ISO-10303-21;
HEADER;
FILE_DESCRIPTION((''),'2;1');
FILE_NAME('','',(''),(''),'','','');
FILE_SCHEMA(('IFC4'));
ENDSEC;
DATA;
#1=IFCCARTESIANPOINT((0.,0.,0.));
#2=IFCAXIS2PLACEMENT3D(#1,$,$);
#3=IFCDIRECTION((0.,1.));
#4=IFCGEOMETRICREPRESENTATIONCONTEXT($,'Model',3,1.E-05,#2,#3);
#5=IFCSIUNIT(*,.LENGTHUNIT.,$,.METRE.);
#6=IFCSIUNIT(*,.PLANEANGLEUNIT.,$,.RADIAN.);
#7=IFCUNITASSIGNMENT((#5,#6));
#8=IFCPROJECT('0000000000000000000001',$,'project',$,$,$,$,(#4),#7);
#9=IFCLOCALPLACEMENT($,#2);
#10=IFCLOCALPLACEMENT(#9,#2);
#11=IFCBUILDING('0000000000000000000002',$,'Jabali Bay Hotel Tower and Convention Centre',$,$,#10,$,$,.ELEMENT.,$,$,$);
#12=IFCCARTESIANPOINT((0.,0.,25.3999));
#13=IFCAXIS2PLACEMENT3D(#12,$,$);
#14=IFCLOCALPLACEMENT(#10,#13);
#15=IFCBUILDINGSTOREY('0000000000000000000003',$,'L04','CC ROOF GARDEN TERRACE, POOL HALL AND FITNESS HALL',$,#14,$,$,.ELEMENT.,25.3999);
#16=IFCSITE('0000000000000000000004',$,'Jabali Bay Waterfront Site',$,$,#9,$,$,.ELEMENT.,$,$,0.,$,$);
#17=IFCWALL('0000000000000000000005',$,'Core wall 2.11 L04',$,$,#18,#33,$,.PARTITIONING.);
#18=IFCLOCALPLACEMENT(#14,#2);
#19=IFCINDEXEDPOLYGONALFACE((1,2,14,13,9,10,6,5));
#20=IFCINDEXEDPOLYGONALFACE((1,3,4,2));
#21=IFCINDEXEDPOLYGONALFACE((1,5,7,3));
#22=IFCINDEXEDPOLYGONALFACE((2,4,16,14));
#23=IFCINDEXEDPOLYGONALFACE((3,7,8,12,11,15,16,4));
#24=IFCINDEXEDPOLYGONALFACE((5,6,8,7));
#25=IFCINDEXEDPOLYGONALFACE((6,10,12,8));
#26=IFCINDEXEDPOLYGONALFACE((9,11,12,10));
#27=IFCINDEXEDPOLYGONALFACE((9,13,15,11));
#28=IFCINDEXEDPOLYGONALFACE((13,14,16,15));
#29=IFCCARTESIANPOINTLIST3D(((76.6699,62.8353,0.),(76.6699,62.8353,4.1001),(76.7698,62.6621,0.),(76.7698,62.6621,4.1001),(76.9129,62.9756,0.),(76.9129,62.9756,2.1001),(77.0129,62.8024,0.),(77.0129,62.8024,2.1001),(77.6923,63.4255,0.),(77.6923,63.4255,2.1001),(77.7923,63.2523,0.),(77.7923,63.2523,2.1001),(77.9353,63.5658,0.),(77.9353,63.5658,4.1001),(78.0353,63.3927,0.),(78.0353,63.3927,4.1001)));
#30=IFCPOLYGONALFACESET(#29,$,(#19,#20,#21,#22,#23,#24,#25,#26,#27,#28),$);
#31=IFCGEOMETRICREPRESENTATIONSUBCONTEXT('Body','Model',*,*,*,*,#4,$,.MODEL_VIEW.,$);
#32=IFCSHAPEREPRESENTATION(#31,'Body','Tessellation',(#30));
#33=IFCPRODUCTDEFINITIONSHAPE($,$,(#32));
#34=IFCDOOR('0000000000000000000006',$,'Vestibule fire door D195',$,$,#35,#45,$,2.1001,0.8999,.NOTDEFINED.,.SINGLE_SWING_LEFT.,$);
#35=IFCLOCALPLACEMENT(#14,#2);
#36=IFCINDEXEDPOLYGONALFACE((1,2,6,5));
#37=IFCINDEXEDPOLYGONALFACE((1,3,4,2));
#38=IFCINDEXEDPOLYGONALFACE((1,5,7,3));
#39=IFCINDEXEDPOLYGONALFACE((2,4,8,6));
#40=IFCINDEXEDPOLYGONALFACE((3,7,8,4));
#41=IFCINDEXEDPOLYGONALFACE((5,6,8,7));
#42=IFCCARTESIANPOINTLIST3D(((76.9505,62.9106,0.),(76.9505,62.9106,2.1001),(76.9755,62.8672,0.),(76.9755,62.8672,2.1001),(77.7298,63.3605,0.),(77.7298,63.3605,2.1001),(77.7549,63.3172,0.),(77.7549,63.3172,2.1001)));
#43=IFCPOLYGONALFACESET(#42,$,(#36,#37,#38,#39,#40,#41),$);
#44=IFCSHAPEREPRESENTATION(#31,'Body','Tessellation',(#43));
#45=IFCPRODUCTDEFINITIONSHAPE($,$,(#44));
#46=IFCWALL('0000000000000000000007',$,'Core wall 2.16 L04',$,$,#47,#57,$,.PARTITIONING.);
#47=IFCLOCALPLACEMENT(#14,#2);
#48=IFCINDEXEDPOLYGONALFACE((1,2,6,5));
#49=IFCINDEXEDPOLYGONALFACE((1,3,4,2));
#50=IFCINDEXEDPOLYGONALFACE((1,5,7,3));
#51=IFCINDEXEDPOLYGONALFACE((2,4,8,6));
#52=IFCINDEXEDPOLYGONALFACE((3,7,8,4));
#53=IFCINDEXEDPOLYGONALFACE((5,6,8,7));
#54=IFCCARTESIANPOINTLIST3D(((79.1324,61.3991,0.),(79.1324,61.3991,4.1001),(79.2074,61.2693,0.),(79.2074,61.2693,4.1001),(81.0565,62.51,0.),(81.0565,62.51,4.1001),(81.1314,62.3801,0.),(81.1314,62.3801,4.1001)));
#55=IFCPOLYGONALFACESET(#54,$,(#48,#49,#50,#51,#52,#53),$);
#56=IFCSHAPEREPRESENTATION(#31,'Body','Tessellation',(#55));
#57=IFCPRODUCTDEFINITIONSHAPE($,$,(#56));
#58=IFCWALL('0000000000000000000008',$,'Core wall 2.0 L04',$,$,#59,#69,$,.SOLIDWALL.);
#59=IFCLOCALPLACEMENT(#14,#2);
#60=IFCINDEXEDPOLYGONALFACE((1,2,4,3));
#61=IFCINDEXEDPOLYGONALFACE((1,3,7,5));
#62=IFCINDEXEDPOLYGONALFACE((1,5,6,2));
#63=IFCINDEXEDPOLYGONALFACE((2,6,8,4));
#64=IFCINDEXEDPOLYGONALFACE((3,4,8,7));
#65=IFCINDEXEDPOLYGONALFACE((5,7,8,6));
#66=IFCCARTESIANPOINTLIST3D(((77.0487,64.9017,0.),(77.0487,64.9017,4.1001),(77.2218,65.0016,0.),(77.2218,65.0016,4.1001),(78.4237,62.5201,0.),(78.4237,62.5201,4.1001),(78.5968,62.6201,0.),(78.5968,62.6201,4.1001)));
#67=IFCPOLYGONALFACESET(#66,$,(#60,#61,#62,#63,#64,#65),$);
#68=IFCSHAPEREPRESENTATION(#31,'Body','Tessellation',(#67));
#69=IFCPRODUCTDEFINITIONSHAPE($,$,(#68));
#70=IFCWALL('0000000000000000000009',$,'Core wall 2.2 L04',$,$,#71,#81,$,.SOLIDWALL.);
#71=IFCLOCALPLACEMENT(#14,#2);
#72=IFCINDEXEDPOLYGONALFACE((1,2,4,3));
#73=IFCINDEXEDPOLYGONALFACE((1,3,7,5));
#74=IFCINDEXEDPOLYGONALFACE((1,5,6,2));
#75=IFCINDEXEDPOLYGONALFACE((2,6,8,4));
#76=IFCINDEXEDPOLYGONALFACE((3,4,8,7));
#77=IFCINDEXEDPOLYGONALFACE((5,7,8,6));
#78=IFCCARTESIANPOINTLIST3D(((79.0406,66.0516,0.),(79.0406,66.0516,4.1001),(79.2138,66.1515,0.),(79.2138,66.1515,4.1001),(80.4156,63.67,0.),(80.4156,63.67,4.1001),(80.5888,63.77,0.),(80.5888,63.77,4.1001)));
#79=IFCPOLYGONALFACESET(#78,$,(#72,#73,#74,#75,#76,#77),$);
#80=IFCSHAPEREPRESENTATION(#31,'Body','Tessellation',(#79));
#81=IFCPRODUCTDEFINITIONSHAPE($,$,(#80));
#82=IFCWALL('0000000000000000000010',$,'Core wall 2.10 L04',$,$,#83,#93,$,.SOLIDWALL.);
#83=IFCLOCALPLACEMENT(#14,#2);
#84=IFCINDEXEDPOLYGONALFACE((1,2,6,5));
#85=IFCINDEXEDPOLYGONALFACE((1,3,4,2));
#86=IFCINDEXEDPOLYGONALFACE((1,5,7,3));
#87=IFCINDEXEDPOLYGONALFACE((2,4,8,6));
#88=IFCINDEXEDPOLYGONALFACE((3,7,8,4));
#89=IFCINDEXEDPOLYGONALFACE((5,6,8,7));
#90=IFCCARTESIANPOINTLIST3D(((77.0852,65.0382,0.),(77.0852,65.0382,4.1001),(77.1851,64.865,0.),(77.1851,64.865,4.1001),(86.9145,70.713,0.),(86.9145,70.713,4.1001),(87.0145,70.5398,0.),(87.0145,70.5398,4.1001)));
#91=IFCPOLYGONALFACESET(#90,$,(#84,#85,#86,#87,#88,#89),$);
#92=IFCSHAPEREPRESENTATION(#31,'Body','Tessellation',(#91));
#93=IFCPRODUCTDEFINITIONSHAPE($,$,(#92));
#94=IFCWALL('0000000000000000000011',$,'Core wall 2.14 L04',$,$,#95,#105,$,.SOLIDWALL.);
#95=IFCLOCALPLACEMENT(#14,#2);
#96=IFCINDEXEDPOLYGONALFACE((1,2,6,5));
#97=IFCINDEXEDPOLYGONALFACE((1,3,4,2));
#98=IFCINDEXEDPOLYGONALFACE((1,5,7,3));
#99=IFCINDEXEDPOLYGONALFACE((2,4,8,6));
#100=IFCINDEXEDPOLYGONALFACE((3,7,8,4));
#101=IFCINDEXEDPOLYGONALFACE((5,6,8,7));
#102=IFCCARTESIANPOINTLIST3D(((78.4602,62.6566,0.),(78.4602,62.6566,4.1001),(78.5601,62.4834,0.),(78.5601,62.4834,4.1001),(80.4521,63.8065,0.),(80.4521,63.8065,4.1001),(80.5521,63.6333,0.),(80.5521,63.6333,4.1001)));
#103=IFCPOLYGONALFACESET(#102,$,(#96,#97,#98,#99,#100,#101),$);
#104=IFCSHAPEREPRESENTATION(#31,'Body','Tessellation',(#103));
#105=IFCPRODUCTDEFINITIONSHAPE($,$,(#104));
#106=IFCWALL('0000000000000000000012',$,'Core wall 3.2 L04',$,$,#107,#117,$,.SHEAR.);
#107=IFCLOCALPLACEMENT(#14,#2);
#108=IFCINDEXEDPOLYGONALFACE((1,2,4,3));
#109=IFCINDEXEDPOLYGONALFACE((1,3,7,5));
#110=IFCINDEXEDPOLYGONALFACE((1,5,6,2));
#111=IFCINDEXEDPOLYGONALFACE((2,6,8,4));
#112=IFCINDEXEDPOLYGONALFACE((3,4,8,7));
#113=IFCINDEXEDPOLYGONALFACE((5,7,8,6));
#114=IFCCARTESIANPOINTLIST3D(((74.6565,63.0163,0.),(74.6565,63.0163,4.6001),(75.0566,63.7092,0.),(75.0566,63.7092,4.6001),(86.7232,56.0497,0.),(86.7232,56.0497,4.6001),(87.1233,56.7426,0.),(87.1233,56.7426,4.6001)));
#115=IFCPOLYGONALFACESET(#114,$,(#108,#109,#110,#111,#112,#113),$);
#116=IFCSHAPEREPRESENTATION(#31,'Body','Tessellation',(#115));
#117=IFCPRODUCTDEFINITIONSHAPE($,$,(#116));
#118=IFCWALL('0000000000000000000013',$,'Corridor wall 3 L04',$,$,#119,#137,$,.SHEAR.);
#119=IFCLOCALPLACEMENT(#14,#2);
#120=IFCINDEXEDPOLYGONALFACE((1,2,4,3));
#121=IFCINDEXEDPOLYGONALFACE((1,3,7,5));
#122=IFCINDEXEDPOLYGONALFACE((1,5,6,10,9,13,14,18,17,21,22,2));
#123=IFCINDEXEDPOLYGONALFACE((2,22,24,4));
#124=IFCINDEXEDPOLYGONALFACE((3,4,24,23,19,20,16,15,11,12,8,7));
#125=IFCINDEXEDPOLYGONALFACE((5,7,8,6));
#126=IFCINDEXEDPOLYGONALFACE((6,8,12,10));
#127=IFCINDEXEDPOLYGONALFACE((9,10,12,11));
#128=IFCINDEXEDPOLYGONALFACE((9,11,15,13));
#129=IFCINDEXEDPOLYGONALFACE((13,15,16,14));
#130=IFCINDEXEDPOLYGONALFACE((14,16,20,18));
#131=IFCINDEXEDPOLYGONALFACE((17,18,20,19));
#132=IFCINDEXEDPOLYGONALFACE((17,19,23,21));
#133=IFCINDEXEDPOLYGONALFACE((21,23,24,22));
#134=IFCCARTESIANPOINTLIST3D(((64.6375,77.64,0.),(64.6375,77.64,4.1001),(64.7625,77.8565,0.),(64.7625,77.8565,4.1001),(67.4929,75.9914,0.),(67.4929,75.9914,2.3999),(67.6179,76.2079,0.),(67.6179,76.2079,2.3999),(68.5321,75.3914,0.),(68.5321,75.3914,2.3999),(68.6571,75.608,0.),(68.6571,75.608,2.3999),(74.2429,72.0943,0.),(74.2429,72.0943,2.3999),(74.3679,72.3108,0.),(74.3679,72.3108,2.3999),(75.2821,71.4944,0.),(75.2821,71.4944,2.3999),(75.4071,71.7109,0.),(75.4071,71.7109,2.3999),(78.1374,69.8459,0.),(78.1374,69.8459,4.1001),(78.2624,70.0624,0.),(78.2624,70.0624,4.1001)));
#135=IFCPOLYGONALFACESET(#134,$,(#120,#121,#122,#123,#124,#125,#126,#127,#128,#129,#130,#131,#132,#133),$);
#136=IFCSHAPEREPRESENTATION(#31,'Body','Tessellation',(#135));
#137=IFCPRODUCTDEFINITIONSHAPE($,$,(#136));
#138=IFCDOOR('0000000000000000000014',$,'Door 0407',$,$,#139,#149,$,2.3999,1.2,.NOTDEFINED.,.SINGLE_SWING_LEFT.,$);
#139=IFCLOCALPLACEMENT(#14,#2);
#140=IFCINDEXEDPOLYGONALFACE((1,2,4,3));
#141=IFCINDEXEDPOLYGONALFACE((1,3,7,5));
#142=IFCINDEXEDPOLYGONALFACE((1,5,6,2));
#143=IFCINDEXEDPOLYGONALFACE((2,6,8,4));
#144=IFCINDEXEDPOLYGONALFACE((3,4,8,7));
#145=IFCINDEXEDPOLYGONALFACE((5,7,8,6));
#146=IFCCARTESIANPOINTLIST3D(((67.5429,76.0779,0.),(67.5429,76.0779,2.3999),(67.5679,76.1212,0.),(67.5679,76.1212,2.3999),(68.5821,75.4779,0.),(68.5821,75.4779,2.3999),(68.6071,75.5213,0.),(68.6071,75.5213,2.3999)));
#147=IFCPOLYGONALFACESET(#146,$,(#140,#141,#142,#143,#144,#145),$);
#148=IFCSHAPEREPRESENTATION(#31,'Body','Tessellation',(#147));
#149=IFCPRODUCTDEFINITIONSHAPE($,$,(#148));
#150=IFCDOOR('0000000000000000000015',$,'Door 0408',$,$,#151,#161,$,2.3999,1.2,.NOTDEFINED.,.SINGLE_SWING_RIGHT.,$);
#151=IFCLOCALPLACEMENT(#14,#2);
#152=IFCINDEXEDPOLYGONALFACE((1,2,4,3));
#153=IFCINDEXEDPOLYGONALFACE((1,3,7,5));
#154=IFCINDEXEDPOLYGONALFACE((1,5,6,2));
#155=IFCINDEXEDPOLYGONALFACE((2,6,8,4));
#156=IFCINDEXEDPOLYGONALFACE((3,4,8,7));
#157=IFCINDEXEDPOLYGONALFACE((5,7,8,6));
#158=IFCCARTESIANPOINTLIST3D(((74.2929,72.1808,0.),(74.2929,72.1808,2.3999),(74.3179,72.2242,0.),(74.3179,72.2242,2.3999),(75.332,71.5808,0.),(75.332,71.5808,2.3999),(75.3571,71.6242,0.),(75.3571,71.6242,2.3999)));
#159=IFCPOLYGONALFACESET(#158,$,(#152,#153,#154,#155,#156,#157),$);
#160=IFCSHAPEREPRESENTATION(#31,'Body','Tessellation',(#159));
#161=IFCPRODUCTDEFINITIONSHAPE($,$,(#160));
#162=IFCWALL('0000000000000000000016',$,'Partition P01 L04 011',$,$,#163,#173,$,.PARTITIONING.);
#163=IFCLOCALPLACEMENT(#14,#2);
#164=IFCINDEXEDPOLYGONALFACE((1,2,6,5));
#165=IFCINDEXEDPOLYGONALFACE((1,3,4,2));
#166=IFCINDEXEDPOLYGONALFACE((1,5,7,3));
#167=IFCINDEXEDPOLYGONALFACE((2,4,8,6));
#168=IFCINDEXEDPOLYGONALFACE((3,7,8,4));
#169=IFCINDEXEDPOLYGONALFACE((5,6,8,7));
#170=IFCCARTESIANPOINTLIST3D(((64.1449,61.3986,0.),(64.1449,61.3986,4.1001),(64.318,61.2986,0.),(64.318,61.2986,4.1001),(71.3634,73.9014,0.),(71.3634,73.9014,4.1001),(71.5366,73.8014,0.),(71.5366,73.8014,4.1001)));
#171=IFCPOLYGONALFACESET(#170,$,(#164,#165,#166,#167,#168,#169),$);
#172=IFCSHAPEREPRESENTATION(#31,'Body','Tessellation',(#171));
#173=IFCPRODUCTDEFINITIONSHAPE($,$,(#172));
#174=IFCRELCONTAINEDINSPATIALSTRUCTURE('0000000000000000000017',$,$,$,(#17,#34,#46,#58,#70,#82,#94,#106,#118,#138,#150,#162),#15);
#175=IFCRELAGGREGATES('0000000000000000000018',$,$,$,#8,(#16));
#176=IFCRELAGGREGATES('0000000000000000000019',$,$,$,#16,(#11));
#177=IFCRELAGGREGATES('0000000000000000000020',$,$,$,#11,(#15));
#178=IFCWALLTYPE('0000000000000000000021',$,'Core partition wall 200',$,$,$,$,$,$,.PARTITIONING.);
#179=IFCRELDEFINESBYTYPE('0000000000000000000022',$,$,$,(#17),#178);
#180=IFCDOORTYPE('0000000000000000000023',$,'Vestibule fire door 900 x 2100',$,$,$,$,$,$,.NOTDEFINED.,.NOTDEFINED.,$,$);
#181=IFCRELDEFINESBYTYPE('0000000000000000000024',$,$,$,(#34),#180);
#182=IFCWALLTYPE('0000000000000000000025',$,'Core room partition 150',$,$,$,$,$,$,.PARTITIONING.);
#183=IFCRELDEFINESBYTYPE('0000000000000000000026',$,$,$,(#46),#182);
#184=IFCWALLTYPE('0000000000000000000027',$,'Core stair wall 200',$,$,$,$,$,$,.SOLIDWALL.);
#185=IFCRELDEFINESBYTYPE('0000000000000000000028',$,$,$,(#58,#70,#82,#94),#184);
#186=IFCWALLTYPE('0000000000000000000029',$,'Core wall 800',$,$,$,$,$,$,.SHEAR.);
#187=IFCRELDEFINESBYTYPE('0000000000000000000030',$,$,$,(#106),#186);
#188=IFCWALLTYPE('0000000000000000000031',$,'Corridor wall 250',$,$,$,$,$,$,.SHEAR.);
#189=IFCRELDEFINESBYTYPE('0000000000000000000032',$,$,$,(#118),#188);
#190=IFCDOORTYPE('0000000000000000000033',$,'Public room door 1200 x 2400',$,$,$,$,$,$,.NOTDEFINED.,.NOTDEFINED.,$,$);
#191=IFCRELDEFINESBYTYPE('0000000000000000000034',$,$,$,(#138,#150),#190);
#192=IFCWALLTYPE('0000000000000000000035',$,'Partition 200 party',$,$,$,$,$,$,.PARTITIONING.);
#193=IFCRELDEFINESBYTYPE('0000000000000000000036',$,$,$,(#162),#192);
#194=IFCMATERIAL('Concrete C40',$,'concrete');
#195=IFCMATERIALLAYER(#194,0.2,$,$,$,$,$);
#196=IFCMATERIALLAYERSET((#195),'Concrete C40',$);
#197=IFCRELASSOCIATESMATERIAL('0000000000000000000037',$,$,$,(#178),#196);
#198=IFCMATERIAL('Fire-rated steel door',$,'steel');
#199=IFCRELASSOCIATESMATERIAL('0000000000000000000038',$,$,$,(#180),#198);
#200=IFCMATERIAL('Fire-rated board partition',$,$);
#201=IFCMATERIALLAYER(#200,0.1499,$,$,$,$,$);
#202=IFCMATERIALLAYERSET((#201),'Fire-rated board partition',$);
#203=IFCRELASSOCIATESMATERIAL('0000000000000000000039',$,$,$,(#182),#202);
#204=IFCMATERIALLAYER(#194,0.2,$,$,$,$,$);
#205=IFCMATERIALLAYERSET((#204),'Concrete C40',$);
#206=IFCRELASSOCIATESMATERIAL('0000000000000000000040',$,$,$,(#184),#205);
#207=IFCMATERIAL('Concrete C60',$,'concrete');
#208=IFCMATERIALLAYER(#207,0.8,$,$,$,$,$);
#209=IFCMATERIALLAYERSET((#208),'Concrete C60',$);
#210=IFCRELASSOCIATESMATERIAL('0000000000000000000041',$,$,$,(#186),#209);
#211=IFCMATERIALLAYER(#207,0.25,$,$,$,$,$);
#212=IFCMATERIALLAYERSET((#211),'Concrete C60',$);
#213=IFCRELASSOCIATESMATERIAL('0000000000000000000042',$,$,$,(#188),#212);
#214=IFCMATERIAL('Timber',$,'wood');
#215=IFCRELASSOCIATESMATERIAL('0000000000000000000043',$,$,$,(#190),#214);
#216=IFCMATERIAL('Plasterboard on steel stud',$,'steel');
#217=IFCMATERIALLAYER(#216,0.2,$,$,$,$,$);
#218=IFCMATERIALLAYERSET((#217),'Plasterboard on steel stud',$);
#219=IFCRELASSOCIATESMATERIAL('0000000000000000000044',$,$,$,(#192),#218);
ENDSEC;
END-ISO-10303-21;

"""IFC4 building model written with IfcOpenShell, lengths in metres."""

from ifc_helpers import new_model, si_unit, direction, frame, frame_2d, origin, place, context, subcontext, project, spatial, rectangle, extrude, material, layer, layer_set, type_object, element, fill, save


model = new_model("IFC4")

# Units and contexts
model_context = context("Model", 3, precision=1e-05, world=origin(), true_north=direction((0.0, 1.0)))
body_context = subcontext(model_context, "Body", "Model", "MODEL_VIEW")
ifc_project = project(units=[si_unit("LENGTHUNIT", "METRE"), si_unit("PLANEANGLEUNIT", "RADIAN")], contexts=[model_context])

# Site, building, storey
site_placement = place(None, origin())
site = spatial("IfcSite", under=ifc_project, at=site_placement, Name="Jabali Bay Waterfront Site", CompositionType="ELEMENT", RefElevation=0.0)
building_placement = place(site_placement, origin())
building = spatial("IfcBuilding", under=site, at=building_placement, Name="Jabali Bay Hotel Tower and Convention Centre", CompositionType="ELEMENT")
storey_placement = place(building_placement, frame((0.0, 0.0, 25.3999)))
storey = spatial("IfcBuildingStorey", under=building, at=storey_placement, Name="L04", Description="CC ROOF GARDEN TERRACE, POOL HALL AND FITNESS HALL", CompositionType="ELEMENT", Elevation=25.3999)

# Shared definitions
ifc_material_1 = material(Name="Concrete C60", Category="concrete")

# Wall, opening, door
ifc_material_2 = material(Name="Concrete C40", Category="concrete")
ifc_layer_1 = layer(ifc_material_2, 0.2)
ifc_layer_set_1 = layer_set([ifc_layer_1], Name="Concrete C40")
wall_type_1 = type_object("IfcWallType", Name="Core partition wall 200", PredefinedType="PARTITIONING", material=ifc_layer_set_1)
wall_1_placement = place(storey_placement, frame((76.72, 62.7488, 0.0), z_axis=(0.0, 0.0, 1.0), x_axis=(0.866055, 0.499949, 0.0)))
wall_1 = element("IfcWall", 1, at=wall_1_placement, inside=storey, type_object=wall_type_1, Name="Core wall 2.11 L04", PredefinedType="PARTITIONING", context=body_context, shape_type="SweptSolid", body=[
    extrude(rectangle(XDim=1.4612, YDim=0.2, at=frame_2d((0.7305, 0.0))), origin(), (0.0, 0.0, 1.0), 4.1001),
])
opening_1_placement = place(wall_1_placement, frame((0.2805, 0.0, 0.0)))
opening_1 = element("IfcOpeningElement", 2, at=opening_1_placement, cuts=wall_1, PredefinedType="OPENING", context=body_context, shape_type="SweptSolid", body=[
    extrude(rectangle(XDim=0.8999, YDim=2.1001, at=frame_2d((0.45, 1.05))), frame((0.0, 0.1104, 0.0), z_axis=(0.0, -1.0, 0.0), x_axis=(1.0, 0.0, 0.0)), (0.0, 0.0, 1.0), 0.2209),
])
ifc_material_3 = material(Name="Fire-rated steel door", Category="steel")
door_type_1 = type_object("IfcDoorType", Name="Vestibule fire door 900 x 2100", OperationType="NOTDEFINED", PredefinedType="NOTDEFINED", material=ifc_material_3)
door_1_placement = place(opening_1_placement, origin())
door_1 = element("IfcDoor", 3, at=door_1_placement, inside=storey, type_object=door_type_1, Name="Vestibule fire door D195", OperationType="SINGLE_SWING_LEFT", OverallHeight=2.1001, OverallWidth=0.8999, PredefinedType="NOTDEFINED", context=body_context, shape_type="SweptSolid", body=[
    extrude(rectangle(XDim=0.8999, YDim=2.1001, at=frame_2d((0.45, 1.05))), frame((0.0, 0.0249, 0.0), z_axis=(0.0, -1.0, 0.0), x_axis=(1.0, 0.0, 0.0)), (0.0, 0.0, 1.0), 0.05),
])
fill(opening_1, door_1)

# Walls
ifc_material_4 = material(Name="Fire-rated board partition")
ifc_layer_2 = layer(ifc_material_4, 0.1499)
ifc_layer_set_2 = layer_set([ifc_layer_2], Name="Fire-rated board partition")
wall_type_2 = type_object("IfcWallType", Name="Core room partition 150", PredefinedType="PARTITIONING", material=ifc_layer_set_2)
wall_2_placement = place(storey_placement, frame((79.1699, 61.3342, 0.0), z_axis=(0.0, 0.0, 1.0), x_axis=(0.86603, 0.499992, 0.0)))
element("IfcWall", 4, at=wall_2_placement, inside=storey, type_object=wall_type_2, Name="Core wall 2.16 L04", PredefinedType="PARTITIONING", context=body_context, shape_type="SweptSolid", body=[
    extrude(rectangle(XDim=2.2217, YDim=0.1499, at=frame_2d((1.1108, 0.0))), origin(), (0.0, 0.0, 1.0), 4.1001),
])
ifc_layer_3 = layer(ifc_material_2, 0.2)
ifc_layer_set_3 = layer_set([ifc_layer_3], Name="Concrete C40")
wall_type_3 = type_object("IfcWallType", Name="Core stair wall 200", PredefinedType="SOLIDWALL", material=ifc_layer_set_3)
for number, where, z_axis, x_axis, name in (
    (5, (77.1353, 64.9517, 0.0), (0.0, 0.0, 1.0), (0.499997, -0.866027, 0.0), "Core wall 2.0 L04"),
    (6, (79.1272, 66.1016, 0.0), (0.0, 0.0, 1.0), (0.499997, -0.866027, 0.0), "Core wall 2.2 L04"),
):
    element("IfcWall", number, at=place(storey_placement, frame(where, z_axis=z_axis, x_axis=x_axis)), inside=storey, type_object=wall_type_3, Name=name, PredefinedType="SOLIDWALL", context=body_context, shape_type="SweptSolid", body=[
        extrude(rectangle(XDim=2.75, YDim=0.2, at=frame_2d((1.375, 0.0))), origin(), (0.0, 0.0, 1.0), 4.1001),
    ])
wall_3_placement = place(storey_placement, frame((77.1353, 64.9517, 0.0), z_axis=(0.0, 0.0, 1.0), x_axis=(0.866032, 0.499989, 0.0)))
element("IfcWall", 7, at=wall_3_placement, inside=storey, type_object=wall_type_3, Name="Core wall 2.10 L04", PredefinedType="SOLIDWALL", context=body_context, shape_type="SweptSolid", body=[
    extrude(rectangle(XDim=11.3499, YDim=0.2, at=frame_2d((5.6748, 0.0))), origin(), (0.0, 0.0, 1.0), 4.1001),
])
wall_4_placement = place(storey_placement, frame((78.5103, 62.5701, 0.0), z_axis=(0.0, 0.0, 1.0), x_axis=(0.866053, 0.499952, 0.0)))
element("IfcWall", 8, at=wall_4_placement, inside=storey, type_object=wall_type_3, Name="Core wall 2.14 L04", PredefinedType="SOLIDWALL", context=body_context, shape_type="SweptSolid", body=[
    extrude(rectangle(XDim=2.3, YDim=0.2, at=frame_2d((1.1499, 0.0))), origin(), (0.0, 0.0, 1.0), 4.1001),
])
ifc_layer_4 = layer(ifc_material_1, 0.8)
ifc_layer_set_4 = layer_set([ifc_layer_4], Name="Concrete C60")
wall_type_4 = type_object("IfcWallType", Name="Core wall 800", PredefinedType="SHEAR", material=ifc_layer_set_4)
wall_5_placement = place(storey_placement, frame((74.8564, 63.3628, 0.0), z_axis=(0.0, 0.0, 1.0), x_axis=(0.866029, -0.499993, 0.0)))
element("IfcWall", 9, at=wall_5_placement, inside=storey, type_object=wall_type_4, Name="Core wall 3.2 L04", PredefinedType="SHEAR", context=body_context, shape_type="SweptSolid", body=[
    extrude(rectangle(XDim=13.9333, YDim=0.8, at=frame_2d((6.9668, 0.0))), origin(), (0.0, 0.0, 1.0), 4.6001),
])

# Wall, openings, doors
ifc_layer_5 = layer(ifc_material_1, 0.25)
ifc_layer_set_5 = layer_set([ifc_layer_5], Name="Concrete C60")
wall_type_5 = type_object("IfcWallType", Name="Corridor wall 250", PredefinedType="SHEAR", material=ifc_layer_set_5)
wall_6_placement = place(storey_placement, frame((64.7, 77.7483, 0.0), z_axis=(0.0, 0.0, 1.0), x_axis=(0.866026, -0.499998, 0.0)))
wall_6 = element("IfcWall", 10, at=wall_6_placement, inside=storey, type_object=wall_type_5, Name="Corridor wall 3 L04", PredefinedType="SHEAR", context=body_context, shape_type="SweptSolid", body=[
    extrude(rectangle(XDim=15.5884, YDim=0.25, at=frame_2d((7.7942, 0.0))), origin(), (0.0, 0.0, 1.0), 4.1001),
])
opening_2_placement = place(wall_6_placement, frame((3.2971, 0.0, 0.0)))
opening_2 = element("IfcOpeningElement", 11, at=opening_2_placement, cuts=wall_6, PredefinedType="OPENING", context=body_context, shape_type="SweptSolid", body=[
    extrude(rectangle(XDim=1.2, YDim=2.3999, at=frame_2d((0.6001, 1.2))), frame((0.0, 0.1355, 0.0), z_axis=(0.0, -1.0, 0.0), x_axis=(1.0, 0.0, 0.0)), (0.0, 0.0, 1.0), 0.271),
])
opening_3_placement = place(wall_6_placement, frame((11.0913, 0.0, 0.0)))
opening_3 = element("IfcOpeningElement", 12, at=opening_3_placement, cuts=wall_6, PredefinedType="OPENING", context=body_context, shape_type="SweptSolid", body=[
    extrude(rectangle(XDim=1.2, YDim=2.3999, at=frame_2d((0.6001, 1.2))), frame((0.0, 0.1355, 0.0), z_axis=(0.0, -1.0, 0.0), x_axis=(1.0, 0.0, 0.0)), (0.0, 0.0, 1.0), 0.271),
])
ifc_material_5 = material(Name="Timber", Category="wood")
door_type_2 = type_object("IfcDoorType", Name="Public room door 1200 x 2400", OperationType="NOTDEFINED", PredefinedType="NOTDEFINED", material=ifc_material_5)
door_2_placement = place(opening_2_placement, origin())
door_2 = element("IfcDoor", 13, at=door_2_placement, inside=storey, type_object=door_type_2, Name="Door 0407", OperationType="SINGLE_SWING_LEFT", OverallHeight=2.3999, OverallWidth=1.2, PredefinedType="NOTDEFINED", context=body_context, shape_type="SweptSolid", body=[
    extrude(rectangle(XDim=1.2, YDim=2.3999, at=frame_2d((0.6001, 1.2))), frame((0.0, 0.0249, 0.0), z_axis=(0.0, -1.0, 0.0), x_axis=(1.0, 0.0, 0.0)), (0.0, 0.0, 1.0), 0.05),
])
fill(opening_2, door_2)
door_3_placement = place(opening_3_placement, origin())
door_3 = element("IfcDoor", 14, at=door_3_placement, inside=storey, type_object=door_type_2, Name="Door 0408", OperationType="SINGLE_SWING_RIGHT", OverallHeight=2.3999, OverallWidth=1.2, PredefinedType="NOTDEFINED", context=body_context, shape_type="SweptSolid", body=[
    extrude(rectangle(XDim=1.2, YDim=2.3999, at=frame_2d((0.6001, 1.2))), frame((0.0, 0.0249, 0.0), z_axis=(0.0, -1.0, 0.0), x_axis=(1.0, 0.0, 0.0)), (0.0, 0.0, 1.0), 0.05),
])
fill(opening_3, door_3)

# Wall
ifc_material_6 = material(Name="Plasterboard on steel stud", Category="steel")
ifc_layer_6 = layer(ifc_material_6, 0.2)
ifc_layer_set_6 = layer_set([ifc_layer_6], Name="Plasterboard on steel stud")
wall_type_6 = type_object("IfcWallType", Name="Partition 200 party", PredefinedType="PARTITIONING", material=ifc_layer_set_6)
wall_7_placement = place(storey_placement, frame((64.2314, 61.3486, 0.0), z_axis=(0.0, 0.0, 1.0), x_axis=(0.500004, 0.866023, 0.0)))
element("IfcWall", 15, at=wall_7_placement, inside=storey, type_object=wall_type_6, Name="Partition P01 L04 011", PredefinedType="PARTITIONING", context=body_context, shape_type="SweptSolid", body=[
    extrude(rectangle(XDim=14.437, YDim=0.2, at=frame_2d((7.2185, 0.0))), origin(), (0.0, 0.0, 1.0), 4.1001),
])

save(model, "model.ifc")
